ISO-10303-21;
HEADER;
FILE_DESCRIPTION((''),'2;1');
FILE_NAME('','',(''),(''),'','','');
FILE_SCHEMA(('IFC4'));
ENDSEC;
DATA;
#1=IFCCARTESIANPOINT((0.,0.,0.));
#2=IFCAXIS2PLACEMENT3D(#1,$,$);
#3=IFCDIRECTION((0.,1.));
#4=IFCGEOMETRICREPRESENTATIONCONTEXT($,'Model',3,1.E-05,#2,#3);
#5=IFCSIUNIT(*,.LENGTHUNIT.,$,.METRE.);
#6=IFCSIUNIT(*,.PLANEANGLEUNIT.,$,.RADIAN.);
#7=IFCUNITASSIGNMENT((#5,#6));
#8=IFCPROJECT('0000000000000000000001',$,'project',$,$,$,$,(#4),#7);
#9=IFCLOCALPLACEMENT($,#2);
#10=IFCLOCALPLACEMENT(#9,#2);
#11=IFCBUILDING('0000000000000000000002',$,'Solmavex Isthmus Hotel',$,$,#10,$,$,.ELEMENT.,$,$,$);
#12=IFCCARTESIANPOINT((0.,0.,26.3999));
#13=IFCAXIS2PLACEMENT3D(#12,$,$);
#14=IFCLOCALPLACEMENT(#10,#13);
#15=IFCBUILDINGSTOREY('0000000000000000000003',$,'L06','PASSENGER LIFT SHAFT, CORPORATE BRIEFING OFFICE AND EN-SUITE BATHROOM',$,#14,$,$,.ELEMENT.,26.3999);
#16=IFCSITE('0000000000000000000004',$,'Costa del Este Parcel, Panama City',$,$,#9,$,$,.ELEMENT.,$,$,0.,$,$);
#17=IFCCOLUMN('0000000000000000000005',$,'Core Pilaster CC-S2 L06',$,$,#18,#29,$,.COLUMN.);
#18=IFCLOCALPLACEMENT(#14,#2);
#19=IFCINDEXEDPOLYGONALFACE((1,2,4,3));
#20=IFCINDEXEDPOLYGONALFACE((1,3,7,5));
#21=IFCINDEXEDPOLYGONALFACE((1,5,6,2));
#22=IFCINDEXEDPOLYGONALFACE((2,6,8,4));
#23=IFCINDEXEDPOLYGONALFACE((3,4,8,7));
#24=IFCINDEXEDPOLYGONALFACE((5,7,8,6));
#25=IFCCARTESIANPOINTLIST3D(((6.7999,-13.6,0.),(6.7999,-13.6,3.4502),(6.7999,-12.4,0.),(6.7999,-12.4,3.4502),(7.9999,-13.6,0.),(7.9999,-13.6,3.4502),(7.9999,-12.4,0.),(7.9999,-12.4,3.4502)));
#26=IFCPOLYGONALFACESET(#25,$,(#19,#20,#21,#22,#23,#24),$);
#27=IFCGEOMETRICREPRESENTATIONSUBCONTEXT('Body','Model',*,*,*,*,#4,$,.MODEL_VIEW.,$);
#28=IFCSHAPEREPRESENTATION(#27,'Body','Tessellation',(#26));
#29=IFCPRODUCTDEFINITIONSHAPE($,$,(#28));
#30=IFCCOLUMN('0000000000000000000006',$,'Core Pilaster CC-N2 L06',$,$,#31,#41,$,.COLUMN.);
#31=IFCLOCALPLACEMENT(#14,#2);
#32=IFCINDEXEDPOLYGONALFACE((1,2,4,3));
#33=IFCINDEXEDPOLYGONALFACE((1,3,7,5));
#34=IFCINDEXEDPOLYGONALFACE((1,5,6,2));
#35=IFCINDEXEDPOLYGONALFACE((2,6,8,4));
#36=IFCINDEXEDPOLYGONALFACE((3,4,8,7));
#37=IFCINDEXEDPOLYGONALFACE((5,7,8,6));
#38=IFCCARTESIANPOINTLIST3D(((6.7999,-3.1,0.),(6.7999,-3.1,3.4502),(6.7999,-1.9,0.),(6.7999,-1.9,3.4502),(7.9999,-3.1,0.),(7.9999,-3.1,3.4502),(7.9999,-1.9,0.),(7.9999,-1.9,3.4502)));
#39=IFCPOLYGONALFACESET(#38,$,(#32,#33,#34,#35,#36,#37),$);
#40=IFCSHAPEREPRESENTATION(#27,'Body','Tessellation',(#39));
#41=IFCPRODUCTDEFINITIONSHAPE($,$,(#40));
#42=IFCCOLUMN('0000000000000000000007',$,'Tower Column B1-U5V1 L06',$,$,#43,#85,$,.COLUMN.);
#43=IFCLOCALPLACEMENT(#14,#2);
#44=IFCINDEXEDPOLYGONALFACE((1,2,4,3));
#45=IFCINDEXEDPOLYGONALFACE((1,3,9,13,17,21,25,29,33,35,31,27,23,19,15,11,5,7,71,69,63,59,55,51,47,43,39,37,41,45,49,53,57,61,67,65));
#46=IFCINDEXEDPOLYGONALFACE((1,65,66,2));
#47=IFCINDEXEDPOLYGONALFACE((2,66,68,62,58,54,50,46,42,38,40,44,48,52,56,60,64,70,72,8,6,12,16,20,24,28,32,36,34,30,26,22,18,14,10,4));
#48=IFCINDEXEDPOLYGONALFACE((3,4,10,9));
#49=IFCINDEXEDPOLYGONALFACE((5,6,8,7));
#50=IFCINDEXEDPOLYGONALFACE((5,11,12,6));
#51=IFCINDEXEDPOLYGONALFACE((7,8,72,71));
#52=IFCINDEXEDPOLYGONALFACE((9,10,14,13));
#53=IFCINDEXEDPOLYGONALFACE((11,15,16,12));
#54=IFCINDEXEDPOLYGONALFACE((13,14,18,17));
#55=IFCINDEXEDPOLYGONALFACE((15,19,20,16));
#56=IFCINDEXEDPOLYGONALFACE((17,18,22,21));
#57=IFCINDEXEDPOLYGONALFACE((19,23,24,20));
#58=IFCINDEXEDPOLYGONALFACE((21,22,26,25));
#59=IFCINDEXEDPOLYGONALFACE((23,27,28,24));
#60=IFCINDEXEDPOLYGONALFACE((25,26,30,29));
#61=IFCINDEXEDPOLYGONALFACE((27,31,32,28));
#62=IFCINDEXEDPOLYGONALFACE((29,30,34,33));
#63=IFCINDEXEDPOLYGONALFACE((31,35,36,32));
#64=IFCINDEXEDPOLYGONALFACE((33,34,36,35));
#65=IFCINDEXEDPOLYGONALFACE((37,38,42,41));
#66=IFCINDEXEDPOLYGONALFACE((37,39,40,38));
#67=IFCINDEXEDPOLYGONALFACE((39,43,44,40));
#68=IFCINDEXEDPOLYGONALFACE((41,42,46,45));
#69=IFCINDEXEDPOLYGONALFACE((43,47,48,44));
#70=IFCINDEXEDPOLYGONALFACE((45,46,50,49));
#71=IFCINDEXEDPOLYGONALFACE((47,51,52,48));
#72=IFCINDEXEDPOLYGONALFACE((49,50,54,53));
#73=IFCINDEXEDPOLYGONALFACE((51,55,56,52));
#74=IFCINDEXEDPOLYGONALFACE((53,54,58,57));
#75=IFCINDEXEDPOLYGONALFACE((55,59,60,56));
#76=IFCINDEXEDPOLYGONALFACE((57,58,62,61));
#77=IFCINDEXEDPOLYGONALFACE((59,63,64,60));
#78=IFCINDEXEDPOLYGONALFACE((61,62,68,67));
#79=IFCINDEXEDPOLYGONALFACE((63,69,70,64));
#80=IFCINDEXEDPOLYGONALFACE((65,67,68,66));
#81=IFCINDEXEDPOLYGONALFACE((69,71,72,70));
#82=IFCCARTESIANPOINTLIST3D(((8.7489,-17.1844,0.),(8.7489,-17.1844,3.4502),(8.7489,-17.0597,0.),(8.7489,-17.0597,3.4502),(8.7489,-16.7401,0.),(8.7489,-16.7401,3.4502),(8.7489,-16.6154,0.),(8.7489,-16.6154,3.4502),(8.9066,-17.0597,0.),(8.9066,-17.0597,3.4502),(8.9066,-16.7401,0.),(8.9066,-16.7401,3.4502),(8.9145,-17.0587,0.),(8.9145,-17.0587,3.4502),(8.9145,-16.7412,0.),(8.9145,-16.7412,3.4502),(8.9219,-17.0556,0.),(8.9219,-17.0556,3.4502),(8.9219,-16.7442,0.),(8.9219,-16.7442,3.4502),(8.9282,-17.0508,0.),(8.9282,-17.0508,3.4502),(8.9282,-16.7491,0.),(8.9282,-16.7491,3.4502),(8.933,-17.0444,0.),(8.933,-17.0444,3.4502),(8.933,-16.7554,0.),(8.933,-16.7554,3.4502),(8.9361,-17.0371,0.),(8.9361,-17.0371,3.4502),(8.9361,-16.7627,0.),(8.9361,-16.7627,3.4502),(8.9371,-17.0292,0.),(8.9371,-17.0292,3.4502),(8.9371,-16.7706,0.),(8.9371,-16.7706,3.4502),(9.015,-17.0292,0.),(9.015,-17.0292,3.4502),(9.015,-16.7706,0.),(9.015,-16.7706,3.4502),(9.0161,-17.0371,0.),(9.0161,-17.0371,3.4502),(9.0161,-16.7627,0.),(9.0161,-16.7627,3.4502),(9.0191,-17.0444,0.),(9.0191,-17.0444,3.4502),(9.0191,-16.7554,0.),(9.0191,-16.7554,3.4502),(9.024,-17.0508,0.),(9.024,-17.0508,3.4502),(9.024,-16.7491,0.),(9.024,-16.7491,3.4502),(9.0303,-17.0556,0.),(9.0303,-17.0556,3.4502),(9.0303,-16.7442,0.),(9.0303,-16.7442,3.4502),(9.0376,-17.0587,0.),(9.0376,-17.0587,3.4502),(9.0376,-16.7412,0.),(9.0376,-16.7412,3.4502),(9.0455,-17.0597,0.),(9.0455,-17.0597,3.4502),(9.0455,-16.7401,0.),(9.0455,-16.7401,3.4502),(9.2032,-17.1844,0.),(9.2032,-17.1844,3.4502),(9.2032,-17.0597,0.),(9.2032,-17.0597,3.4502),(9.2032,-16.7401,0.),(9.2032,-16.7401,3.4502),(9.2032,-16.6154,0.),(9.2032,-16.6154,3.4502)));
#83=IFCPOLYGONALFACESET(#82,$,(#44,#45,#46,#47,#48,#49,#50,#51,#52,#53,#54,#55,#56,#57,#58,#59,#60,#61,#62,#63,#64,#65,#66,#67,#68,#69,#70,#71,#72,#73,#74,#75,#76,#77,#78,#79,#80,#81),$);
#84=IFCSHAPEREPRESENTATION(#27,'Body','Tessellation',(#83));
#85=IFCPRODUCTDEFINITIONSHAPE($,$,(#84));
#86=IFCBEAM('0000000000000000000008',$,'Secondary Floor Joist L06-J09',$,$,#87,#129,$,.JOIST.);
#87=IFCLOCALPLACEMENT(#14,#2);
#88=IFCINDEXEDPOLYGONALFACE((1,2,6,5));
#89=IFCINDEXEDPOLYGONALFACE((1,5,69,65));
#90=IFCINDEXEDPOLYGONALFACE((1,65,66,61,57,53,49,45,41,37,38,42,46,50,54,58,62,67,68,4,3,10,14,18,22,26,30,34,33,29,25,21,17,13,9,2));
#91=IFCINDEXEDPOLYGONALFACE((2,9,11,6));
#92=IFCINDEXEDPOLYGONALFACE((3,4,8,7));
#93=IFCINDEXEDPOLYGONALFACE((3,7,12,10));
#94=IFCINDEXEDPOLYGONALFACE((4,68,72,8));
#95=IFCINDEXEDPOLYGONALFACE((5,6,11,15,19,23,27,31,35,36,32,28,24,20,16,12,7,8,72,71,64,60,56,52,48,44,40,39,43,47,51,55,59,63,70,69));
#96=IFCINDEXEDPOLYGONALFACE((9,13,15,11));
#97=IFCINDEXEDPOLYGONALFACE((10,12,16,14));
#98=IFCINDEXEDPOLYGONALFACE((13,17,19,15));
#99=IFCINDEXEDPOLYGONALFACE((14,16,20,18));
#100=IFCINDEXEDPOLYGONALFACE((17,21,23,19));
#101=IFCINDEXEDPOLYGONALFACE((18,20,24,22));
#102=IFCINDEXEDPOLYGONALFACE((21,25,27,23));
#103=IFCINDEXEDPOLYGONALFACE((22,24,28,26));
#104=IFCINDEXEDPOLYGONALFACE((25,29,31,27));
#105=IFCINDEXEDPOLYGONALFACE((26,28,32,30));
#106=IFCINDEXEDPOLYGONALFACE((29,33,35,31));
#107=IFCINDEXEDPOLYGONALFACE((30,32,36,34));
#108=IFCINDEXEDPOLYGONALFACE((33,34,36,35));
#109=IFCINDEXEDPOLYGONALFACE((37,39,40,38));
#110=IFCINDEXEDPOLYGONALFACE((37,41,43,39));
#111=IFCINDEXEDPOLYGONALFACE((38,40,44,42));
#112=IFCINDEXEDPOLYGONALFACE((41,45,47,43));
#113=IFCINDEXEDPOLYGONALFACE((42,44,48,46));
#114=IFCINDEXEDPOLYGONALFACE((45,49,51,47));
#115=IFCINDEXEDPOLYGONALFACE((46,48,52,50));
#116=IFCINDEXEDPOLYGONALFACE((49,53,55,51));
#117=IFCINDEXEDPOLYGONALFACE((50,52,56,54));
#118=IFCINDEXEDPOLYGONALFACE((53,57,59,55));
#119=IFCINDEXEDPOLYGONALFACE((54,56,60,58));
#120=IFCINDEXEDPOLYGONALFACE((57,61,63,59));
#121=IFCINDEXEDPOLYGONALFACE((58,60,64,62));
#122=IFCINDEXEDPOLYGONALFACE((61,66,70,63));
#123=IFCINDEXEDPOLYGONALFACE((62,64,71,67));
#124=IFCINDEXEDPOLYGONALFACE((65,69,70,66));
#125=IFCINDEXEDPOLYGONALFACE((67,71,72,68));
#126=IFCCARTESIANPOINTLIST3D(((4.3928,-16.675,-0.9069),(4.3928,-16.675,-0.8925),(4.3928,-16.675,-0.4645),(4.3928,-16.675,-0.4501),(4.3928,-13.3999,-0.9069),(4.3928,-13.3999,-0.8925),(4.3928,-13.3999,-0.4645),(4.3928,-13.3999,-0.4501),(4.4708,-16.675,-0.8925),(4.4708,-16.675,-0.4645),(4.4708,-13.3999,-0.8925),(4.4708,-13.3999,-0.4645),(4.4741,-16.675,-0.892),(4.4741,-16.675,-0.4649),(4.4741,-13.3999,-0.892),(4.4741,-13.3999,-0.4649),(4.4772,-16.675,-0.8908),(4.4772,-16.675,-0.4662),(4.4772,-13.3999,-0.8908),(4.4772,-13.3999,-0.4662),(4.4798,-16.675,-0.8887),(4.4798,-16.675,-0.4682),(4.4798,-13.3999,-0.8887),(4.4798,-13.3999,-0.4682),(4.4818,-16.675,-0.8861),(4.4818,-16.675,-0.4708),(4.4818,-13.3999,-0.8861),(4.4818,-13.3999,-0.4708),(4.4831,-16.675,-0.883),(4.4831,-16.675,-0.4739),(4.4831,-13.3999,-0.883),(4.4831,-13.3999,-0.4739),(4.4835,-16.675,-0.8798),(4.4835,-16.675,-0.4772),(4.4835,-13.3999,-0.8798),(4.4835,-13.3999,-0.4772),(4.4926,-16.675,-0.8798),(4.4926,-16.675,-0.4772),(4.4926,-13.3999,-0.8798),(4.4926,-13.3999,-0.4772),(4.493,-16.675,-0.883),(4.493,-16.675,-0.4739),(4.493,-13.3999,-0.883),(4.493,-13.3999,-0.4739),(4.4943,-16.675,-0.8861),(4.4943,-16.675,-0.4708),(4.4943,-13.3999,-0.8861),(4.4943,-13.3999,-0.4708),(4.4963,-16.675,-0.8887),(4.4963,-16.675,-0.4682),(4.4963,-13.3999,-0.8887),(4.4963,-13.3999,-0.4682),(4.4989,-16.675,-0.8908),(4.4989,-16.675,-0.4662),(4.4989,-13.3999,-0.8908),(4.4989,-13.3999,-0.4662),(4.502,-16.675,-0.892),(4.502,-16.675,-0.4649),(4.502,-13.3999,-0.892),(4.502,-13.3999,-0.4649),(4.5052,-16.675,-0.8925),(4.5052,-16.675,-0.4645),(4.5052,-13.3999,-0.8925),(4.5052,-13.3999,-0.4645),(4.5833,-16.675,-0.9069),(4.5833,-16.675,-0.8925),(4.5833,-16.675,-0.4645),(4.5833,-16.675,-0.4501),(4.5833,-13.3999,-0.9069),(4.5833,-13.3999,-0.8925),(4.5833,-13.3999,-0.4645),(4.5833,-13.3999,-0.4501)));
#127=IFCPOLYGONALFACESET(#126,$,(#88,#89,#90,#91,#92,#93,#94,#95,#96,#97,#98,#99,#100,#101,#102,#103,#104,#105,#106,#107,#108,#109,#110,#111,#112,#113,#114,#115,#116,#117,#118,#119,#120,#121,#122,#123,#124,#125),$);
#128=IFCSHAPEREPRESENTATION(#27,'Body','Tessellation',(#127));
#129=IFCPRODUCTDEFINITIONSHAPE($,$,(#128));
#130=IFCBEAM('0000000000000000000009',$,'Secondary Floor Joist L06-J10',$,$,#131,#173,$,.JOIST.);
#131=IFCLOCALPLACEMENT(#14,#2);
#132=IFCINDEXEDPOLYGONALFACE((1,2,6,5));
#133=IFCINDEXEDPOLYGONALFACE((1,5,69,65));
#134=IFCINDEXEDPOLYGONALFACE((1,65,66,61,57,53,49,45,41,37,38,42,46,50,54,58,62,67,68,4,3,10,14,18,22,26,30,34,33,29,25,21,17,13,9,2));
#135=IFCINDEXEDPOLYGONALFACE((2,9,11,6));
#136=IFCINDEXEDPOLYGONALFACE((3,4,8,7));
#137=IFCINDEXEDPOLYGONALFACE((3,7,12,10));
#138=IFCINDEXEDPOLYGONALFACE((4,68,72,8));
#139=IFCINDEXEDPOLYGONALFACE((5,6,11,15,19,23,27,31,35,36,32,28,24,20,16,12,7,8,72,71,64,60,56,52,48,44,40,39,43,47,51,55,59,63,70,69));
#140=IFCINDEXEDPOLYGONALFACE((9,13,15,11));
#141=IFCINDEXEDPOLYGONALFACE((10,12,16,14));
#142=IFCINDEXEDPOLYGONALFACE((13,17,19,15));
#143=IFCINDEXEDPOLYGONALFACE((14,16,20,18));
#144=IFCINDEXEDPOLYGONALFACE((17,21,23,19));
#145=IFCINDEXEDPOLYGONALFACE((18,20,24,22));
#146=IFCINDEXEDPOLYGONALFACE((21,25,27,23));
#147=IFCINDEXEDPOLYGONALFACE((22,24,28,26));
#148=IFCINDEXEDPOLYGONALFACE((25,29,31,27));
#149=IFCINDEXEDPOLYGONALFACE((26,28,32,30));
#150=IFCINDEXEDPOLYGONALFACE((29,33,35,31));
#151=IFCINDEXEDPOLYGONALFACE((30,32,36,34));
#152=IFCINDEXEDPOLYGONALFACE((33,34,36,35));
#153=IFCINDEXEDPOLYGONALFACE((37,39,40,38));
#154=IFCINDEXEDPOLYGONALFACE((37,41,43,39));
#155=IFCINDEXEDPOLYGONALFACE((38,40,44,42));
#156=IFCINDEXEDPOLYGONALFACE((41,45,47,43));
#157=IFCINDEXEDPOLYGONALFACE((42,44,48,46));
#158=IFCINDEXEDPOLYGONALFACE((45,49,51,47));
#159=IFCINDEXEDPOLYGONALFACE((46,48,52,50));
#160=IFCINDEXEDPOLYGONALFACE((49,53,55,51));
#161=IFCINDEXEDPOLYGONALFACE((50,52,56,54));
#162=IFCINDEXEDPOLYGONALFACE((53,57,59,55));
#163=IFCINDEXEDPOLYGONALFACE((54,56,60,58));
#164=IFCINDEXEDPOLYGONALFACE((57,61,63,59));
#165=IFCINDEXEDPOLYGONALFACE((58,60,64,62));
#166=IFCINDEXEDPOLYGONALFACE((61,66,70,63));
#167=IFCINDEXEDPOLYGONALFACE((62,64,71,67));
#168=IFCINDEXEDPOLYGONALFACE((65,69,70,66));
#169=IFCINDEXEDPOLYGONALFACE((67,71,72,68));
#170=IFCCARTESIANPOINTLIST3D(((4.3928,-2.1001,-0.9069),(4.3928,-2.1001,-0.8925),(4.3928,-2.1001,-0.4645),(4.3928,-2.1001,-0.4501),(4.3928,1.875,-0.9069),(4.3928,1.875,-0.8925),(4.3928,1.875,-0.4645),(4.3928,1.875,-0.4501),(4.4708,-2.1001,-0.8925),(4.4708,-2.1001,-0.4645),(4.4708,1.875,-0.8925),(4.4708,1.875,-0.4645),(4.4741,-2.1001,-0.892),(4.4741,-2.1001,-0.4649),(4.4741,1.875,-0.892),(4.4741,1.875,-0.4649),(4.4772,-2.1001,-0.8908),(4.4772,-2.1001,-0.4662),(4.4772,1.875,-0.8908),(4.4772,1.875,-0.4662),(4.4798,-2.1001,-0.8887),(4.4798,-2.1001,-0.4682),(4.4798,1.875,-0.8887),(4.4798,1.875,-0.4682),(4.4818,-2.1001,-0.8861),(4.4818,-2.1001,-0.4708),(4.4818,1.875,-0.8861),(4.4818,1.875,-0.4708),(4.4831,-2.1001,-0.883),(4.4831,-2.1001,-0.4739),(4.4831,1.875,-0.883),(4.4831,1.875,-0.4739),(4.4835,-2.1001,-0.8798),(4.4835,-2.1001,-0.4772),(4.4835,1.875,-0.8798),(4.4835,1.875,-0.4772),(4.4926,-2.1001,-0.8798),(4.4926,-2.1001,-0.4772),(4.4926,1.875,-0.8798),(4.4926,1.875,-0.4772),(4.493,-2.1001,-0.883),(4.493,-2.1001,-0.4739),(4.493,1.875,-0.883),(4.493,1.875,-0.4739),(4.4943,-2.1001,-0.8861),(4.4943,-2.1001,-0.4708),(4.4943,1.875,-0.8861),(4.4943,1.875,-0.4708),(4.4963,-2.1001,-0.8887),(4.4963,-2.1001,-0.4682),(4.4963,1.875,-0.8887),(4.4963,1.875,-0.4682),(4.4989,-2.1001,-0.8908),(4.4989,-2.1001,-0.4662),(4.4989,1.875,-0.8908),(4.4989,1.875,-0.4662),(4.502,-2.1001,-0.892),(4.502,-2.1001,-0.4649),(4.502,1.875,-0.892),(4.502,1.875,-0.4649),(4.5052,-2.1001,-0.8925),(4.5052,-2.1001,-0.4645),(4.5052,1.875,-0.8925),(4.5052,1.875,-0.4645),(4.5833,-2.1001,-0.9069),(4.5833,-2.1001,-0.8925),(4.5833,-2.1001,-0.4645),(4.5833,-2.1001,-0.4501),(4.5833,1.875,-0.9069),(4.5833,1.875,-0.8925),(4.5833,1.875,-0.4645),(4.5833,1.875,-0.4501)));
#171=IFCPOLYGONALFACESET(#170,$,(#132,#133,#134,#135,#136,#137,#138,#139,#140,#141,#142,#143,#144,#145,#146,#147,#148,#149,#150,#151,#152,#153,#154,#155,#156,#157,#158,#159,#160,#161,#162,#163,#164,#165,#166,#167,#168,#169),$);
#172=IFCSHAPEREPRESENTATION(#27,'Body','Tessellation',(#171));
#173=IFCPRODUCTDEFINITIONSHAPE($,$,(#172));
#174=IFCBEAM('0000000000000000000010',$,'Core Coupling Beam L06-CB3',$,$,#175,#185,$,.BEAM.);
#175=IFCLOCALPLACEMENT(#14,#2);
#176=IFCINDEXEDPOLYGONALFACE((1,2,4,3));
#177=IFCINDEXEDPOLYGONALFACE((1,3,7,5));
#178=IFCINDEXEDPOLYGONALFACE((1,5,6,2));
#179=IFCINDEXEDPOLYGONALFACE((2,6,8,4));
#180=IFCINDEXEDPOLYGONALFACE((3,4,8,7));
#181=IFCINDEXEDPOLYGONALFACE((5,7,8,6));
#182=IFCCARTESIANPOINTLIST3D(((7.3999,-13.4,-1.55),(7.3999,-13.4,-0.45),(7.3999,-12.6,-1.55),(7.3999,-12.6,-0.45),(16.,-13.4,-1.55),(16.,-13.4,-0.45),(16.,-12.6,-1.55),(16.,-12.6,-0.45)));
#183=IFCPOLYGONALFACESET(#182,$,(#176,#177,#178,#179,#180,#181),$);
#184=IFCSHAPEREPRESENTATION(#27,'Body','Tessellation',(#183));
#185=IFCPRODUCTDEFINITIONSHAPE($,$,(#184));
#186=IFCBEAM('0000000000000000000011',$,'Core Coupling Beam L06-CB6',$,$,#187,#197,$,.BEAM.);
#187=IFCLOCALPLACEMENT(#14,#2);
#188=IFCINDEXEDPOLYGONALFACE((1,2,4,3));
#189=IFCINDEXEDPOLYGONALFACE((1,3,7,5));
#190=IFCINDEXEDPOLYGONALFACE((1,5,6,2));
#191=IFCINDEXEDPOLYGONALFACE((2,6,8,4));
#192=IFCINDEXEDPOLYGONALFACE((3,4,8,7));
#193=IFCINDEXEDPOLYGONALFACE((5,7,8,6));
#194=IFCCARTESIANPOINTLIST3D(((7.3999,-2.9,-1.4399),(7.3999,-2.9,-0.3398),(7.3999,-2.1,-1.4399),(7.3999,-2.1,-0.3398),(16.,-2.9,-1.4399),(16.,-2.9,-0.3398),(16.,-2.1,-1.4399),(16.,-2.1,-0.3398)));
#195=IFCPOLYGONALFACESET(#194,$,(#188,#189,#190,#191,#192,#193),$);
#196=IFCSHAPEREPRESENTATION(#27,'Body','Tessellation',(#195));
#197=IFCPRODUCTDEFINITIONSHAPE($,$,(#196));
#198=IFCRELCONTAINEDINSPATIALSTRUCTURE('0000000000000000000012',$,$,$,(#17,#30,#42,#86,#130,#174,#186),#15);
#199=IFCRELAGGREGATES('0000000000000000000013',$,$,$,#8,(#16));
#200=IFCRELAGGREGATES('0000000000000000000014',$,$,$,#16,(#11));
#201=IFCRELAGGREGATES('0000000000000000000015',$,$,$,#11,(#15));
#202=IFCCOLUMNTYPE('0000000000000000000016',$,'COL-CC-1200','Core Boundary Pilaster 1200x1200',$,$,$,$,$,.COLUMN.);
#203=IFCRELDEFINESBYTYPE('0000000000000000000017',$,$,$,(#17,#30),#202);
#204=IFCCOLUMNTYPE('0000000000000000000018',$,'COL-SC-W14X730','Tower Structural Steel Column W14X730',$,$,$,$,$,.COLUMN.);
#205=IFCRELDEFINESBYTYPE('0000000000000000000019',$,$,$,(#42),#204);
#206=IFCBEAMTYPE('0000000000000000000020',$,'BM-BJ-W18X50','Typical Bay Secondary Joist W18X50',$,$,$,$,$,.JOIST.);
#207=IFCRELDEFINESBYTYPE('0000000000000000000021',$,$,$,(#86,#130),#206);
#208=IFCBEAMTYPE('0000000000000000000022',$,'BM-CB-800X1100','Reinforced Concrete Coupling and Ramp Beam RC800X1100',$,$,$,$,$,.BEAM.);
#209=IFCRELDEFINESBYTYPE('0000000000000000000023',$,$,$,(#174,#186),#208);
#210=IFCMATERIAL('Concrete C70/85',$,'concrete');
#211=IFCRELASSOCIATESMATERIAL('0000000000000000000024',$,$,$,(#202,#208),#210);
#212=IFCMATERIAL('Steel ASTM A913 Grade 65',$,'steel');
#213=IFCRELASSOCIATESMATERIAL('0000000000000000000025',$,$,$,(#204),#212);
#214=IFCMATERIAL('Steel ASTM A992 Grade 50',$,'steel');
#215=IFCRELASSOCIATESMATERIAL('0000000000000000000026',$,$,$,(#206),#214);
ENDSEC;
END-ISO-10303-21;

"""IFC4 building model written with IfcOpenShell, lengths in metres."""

from ifc_helpers import new_model, si_unit, direction, frame, origin, origin_2d, place, context, subcontext, project, spatial, rectangle, i_section, extrude, material, material_profile, profile_set, type_object, element, save


model = new_model("IFC4")

# Units and contexts
model_context = context("Model", 3, precision=1e-05, world=origin(), true_north=direction((0.0, 1.0)))
body_context = subcontext(model_context, "Body", "Model", "MODEL_VIEW")
ifc_project = project(units=[si_unit("LENGTHUNIT", "METRE"), si_unit("PLANEANGLEUNIT", "RADIAN")], contexts=[model_context])

# Site, building, storey
site_placement = place(None, origin())
site = spatial("IfcSite", under=ifc_project, at=site_placement, Name="Costa del Este Parcel, Panama City", CompositionType="ELEMENT", RefElevation=0.0)
building_placement = place(site_placement, origin())
building = spatial("IfcBuilding", under=site, at=building_placement, Name="Solmavex Isthmus Hotel", CompositionType="ELEMENT")
storey_placement = place(building_placement, frame((0.0, 0.0, 26.3999)))
storey = spatial("IfcBuildingStorey", under=building, at=storey_placement, Name="L06", Description="PASSENGER LIFT SHAFT, CORPORATE BRIEFING OFFICE AND EN-SUITE BATHROOM", CompositionType="ELEMENT", Elevation=26.3999)

# Columns
ifc_material_1 = material(Name="Concrete C70/85", Category="concrete")
ifc_material_profile_1 = material_profile(ifc_material_1, rectangle(XDim=1.2, YDim=1.2, at=origin_2d()), Name="RC1200X1200")
ifc_profile_set_1 = profile_set([ifc_material_profile_1], Name="Concrete C70/85")
column_type_1 = type_object("IfcColumnType", Name="COL-CC-1200", Description="Core Boundary Pilaster 1200x1200", PredefinedType="COLUMN", material=ifc_profile_set_1)
for number, where, z_axis, x_axis, name in (
    (1, (7.3999, -13.0, 0.0), (0.0, 0.0, 1.0), (1.0, 0.0, 0.0), "Core Pilaster CC-S2 L06"),
    (2, (7.3999, -2.5, 0.0), (0.0, 0.0, 1.0), (1.0, 0.0, 0.0), "Core Pilaster CC-N2 L06"),
):
    element("IfcColumn", number, at=place(storey_placement, frame(where, z_axis=z_axis, x_axis=x_axis)), inside=storey, type_object=column_type_1, Name=name, PredefinedType="COLUMN", context=body_context, shape_type="SweptSolid", body=[
        extrude(rectangle(XDim=1.2, YDim=1.2, at=origin_2d()), origin(), (0.0, 0.0, 1.0), 3.4502),
    ])
ifc_material_2 = material(Name="Steel ASTM A913 Grade 65", Category="steel")
ifc_material_profile_2 = material_profile(ifc_material_2, i_section(OverallWidth=0.4543, OverallDepth=0.5691, WebThickness=0.0779, FlangeThickness=0.1248, FilletRadius=0.0305, at=origin_2d()), Name="W14X730")
ifc_profile_set_2 = profile_set([ifc_material_profile_2], Name="Steel ASTM A913 Grade 65")
column_type_2 = type_object("IfcColumnType", Name="COL-SC-W14X730", Description="Tower Structural Steel Column W14X730", PredefinedType="COLUMN", material=ifc_profile_set_2)
column_placement = place(storey_placement, frame((8.9761, -16.8999, 0.0), z_axis=(0.0, 0.0, 1.0), x_axis=(1.0, 0.0, 0.0)))
element("IfcColumn", 3, at=column_placement, inside=storey, type_object=column_type_2, Name="Tower Column B1-U5V1 L06", PredefinedType="COLUMN", context=body_context, shape_type="SweptSolid", body=[
    extrude(i_section(OverallWidth=0.4543, OverallDepth=0.5691, WebThickness=0.0779, FlangeThickness=0.1248, FilletRadius=0.0305, at=origin_2d()), origin(), (0.0, 0.0, 1.0), 3.4502),
])

# Beams
ifc_material_3 = material(Name="Steel ASTM A992 Grade 50", Category="steel")
ifc_material_profile_3 = material_profile(ifc_material_3, i_section(OverallWidth=0.1904, OverallDepth=0.4568, WebThickness=0.009, FlangeThickness=0.0144, FilletRadius=0.0127, at=origin_2d()), Name="W18X50")
ifc_profile_set_3 = profile_set([ifc_material_profile_3], Name="Steel ASTM A992 Grade 50")
beam_type_1 = type_object("IfcBeamType", Name="BM-BJ-W18X50", Description="Typical Bay Secondary Joist W18X50", PredefinedType="JOIST", material=ifc_profile_set_3)
beam_1_placement = place(storey_placement, frame((4.488, -16.675, -0.6785), z_axis=(0.0, 1.0, 0.0), x_axis=(-1.0, 0.0, 0.0)))
element("IfcBeam", 4, at=beam_1_placement, inside=storey, type_object=beam_type_1, Name="Secondary Floor Joist L06-J09", PredefinedType="JOIST", context=body_context, shape_type="SweptSolid", body=[
    extrude(i_section(OverallWidth=0.1904, OverallDepth=0.4568, WebThickness=0.009, FlangeThickness=0.0144, FilletRadius=0.0127, at=origin_2d()), origin(), (0.0, 0.0, 1.0), 3.2751),
])
beam_2_placement = place(storey_placement, frame((4.488, -2.1001, -0.6785), z_axis=(0.0, 1.0, 0.0), x_axis=(-1.0, 0.0, 0.0)))
element("IfcBeam", 5, at=beam_2_placement, inside=storey, type_object=beam_type_1, Name="Secondary Floor Joist L06-J10", PredefinedType="JOIST", context=body_context, shape_type="SweptSolid", body=[
    extrude(i_section(OverallWidth=0.1904, OverallDepth=0.4568, WebThickness=0.009, FlangeThickness=0.0144, FilletRadius=0.0127, at=origin_2d()), origin(), (0.0, 0.0, 1.0), 3.9751),
])
ifc_material_profile_4 = material_profile(ifc_material_1, rectangle(XDim=0.8, YDim=1.1001, at=origin_2d()), Name="RC800X1100")
ifc_profile_set_4 = profile_set([ifc_material_profile_4], Name="Concrete C70/85")
beam_type_2 = type_object("IfcBeamType", Name="BM-CB-800X1100", Description="Reinforced Concrete Coupling and Ramp Beam RC800X1100", PredefinedType="BEAM", material=ifc_profile_set_4)
for number, where, z_axis, x_axis, name in (
    (6, (7.3999, -13.0, -1.0), (1.0, 0.0, 0.0), (0.0, 1.0, 0.0), "Core Coupling Beam L06-CB3"),
    (7, (7.3999, -2.5, -0.8899), (1.0, 0.0, 0.0), (0.0, 1.0, 0.0), "Core Coupling Beam L06-CB6"),
):
    element("IfcBeam", number, at=place(storey_placement, frame(where, z_axis=z_axis, x_axis=x_axis)), inside=storey, type_object=beam_type_2, Name=name, PredefinedType="BEAM", context=body_context, shape_type="SweptSolid", body=[
        extrude(rectangle(XDim=0.8, YDim=1.1001, at=origin_2d()), origin(), (0.0, 0.0, 1.0), 8.6001),
    ])

save(model, "model.ifc")
